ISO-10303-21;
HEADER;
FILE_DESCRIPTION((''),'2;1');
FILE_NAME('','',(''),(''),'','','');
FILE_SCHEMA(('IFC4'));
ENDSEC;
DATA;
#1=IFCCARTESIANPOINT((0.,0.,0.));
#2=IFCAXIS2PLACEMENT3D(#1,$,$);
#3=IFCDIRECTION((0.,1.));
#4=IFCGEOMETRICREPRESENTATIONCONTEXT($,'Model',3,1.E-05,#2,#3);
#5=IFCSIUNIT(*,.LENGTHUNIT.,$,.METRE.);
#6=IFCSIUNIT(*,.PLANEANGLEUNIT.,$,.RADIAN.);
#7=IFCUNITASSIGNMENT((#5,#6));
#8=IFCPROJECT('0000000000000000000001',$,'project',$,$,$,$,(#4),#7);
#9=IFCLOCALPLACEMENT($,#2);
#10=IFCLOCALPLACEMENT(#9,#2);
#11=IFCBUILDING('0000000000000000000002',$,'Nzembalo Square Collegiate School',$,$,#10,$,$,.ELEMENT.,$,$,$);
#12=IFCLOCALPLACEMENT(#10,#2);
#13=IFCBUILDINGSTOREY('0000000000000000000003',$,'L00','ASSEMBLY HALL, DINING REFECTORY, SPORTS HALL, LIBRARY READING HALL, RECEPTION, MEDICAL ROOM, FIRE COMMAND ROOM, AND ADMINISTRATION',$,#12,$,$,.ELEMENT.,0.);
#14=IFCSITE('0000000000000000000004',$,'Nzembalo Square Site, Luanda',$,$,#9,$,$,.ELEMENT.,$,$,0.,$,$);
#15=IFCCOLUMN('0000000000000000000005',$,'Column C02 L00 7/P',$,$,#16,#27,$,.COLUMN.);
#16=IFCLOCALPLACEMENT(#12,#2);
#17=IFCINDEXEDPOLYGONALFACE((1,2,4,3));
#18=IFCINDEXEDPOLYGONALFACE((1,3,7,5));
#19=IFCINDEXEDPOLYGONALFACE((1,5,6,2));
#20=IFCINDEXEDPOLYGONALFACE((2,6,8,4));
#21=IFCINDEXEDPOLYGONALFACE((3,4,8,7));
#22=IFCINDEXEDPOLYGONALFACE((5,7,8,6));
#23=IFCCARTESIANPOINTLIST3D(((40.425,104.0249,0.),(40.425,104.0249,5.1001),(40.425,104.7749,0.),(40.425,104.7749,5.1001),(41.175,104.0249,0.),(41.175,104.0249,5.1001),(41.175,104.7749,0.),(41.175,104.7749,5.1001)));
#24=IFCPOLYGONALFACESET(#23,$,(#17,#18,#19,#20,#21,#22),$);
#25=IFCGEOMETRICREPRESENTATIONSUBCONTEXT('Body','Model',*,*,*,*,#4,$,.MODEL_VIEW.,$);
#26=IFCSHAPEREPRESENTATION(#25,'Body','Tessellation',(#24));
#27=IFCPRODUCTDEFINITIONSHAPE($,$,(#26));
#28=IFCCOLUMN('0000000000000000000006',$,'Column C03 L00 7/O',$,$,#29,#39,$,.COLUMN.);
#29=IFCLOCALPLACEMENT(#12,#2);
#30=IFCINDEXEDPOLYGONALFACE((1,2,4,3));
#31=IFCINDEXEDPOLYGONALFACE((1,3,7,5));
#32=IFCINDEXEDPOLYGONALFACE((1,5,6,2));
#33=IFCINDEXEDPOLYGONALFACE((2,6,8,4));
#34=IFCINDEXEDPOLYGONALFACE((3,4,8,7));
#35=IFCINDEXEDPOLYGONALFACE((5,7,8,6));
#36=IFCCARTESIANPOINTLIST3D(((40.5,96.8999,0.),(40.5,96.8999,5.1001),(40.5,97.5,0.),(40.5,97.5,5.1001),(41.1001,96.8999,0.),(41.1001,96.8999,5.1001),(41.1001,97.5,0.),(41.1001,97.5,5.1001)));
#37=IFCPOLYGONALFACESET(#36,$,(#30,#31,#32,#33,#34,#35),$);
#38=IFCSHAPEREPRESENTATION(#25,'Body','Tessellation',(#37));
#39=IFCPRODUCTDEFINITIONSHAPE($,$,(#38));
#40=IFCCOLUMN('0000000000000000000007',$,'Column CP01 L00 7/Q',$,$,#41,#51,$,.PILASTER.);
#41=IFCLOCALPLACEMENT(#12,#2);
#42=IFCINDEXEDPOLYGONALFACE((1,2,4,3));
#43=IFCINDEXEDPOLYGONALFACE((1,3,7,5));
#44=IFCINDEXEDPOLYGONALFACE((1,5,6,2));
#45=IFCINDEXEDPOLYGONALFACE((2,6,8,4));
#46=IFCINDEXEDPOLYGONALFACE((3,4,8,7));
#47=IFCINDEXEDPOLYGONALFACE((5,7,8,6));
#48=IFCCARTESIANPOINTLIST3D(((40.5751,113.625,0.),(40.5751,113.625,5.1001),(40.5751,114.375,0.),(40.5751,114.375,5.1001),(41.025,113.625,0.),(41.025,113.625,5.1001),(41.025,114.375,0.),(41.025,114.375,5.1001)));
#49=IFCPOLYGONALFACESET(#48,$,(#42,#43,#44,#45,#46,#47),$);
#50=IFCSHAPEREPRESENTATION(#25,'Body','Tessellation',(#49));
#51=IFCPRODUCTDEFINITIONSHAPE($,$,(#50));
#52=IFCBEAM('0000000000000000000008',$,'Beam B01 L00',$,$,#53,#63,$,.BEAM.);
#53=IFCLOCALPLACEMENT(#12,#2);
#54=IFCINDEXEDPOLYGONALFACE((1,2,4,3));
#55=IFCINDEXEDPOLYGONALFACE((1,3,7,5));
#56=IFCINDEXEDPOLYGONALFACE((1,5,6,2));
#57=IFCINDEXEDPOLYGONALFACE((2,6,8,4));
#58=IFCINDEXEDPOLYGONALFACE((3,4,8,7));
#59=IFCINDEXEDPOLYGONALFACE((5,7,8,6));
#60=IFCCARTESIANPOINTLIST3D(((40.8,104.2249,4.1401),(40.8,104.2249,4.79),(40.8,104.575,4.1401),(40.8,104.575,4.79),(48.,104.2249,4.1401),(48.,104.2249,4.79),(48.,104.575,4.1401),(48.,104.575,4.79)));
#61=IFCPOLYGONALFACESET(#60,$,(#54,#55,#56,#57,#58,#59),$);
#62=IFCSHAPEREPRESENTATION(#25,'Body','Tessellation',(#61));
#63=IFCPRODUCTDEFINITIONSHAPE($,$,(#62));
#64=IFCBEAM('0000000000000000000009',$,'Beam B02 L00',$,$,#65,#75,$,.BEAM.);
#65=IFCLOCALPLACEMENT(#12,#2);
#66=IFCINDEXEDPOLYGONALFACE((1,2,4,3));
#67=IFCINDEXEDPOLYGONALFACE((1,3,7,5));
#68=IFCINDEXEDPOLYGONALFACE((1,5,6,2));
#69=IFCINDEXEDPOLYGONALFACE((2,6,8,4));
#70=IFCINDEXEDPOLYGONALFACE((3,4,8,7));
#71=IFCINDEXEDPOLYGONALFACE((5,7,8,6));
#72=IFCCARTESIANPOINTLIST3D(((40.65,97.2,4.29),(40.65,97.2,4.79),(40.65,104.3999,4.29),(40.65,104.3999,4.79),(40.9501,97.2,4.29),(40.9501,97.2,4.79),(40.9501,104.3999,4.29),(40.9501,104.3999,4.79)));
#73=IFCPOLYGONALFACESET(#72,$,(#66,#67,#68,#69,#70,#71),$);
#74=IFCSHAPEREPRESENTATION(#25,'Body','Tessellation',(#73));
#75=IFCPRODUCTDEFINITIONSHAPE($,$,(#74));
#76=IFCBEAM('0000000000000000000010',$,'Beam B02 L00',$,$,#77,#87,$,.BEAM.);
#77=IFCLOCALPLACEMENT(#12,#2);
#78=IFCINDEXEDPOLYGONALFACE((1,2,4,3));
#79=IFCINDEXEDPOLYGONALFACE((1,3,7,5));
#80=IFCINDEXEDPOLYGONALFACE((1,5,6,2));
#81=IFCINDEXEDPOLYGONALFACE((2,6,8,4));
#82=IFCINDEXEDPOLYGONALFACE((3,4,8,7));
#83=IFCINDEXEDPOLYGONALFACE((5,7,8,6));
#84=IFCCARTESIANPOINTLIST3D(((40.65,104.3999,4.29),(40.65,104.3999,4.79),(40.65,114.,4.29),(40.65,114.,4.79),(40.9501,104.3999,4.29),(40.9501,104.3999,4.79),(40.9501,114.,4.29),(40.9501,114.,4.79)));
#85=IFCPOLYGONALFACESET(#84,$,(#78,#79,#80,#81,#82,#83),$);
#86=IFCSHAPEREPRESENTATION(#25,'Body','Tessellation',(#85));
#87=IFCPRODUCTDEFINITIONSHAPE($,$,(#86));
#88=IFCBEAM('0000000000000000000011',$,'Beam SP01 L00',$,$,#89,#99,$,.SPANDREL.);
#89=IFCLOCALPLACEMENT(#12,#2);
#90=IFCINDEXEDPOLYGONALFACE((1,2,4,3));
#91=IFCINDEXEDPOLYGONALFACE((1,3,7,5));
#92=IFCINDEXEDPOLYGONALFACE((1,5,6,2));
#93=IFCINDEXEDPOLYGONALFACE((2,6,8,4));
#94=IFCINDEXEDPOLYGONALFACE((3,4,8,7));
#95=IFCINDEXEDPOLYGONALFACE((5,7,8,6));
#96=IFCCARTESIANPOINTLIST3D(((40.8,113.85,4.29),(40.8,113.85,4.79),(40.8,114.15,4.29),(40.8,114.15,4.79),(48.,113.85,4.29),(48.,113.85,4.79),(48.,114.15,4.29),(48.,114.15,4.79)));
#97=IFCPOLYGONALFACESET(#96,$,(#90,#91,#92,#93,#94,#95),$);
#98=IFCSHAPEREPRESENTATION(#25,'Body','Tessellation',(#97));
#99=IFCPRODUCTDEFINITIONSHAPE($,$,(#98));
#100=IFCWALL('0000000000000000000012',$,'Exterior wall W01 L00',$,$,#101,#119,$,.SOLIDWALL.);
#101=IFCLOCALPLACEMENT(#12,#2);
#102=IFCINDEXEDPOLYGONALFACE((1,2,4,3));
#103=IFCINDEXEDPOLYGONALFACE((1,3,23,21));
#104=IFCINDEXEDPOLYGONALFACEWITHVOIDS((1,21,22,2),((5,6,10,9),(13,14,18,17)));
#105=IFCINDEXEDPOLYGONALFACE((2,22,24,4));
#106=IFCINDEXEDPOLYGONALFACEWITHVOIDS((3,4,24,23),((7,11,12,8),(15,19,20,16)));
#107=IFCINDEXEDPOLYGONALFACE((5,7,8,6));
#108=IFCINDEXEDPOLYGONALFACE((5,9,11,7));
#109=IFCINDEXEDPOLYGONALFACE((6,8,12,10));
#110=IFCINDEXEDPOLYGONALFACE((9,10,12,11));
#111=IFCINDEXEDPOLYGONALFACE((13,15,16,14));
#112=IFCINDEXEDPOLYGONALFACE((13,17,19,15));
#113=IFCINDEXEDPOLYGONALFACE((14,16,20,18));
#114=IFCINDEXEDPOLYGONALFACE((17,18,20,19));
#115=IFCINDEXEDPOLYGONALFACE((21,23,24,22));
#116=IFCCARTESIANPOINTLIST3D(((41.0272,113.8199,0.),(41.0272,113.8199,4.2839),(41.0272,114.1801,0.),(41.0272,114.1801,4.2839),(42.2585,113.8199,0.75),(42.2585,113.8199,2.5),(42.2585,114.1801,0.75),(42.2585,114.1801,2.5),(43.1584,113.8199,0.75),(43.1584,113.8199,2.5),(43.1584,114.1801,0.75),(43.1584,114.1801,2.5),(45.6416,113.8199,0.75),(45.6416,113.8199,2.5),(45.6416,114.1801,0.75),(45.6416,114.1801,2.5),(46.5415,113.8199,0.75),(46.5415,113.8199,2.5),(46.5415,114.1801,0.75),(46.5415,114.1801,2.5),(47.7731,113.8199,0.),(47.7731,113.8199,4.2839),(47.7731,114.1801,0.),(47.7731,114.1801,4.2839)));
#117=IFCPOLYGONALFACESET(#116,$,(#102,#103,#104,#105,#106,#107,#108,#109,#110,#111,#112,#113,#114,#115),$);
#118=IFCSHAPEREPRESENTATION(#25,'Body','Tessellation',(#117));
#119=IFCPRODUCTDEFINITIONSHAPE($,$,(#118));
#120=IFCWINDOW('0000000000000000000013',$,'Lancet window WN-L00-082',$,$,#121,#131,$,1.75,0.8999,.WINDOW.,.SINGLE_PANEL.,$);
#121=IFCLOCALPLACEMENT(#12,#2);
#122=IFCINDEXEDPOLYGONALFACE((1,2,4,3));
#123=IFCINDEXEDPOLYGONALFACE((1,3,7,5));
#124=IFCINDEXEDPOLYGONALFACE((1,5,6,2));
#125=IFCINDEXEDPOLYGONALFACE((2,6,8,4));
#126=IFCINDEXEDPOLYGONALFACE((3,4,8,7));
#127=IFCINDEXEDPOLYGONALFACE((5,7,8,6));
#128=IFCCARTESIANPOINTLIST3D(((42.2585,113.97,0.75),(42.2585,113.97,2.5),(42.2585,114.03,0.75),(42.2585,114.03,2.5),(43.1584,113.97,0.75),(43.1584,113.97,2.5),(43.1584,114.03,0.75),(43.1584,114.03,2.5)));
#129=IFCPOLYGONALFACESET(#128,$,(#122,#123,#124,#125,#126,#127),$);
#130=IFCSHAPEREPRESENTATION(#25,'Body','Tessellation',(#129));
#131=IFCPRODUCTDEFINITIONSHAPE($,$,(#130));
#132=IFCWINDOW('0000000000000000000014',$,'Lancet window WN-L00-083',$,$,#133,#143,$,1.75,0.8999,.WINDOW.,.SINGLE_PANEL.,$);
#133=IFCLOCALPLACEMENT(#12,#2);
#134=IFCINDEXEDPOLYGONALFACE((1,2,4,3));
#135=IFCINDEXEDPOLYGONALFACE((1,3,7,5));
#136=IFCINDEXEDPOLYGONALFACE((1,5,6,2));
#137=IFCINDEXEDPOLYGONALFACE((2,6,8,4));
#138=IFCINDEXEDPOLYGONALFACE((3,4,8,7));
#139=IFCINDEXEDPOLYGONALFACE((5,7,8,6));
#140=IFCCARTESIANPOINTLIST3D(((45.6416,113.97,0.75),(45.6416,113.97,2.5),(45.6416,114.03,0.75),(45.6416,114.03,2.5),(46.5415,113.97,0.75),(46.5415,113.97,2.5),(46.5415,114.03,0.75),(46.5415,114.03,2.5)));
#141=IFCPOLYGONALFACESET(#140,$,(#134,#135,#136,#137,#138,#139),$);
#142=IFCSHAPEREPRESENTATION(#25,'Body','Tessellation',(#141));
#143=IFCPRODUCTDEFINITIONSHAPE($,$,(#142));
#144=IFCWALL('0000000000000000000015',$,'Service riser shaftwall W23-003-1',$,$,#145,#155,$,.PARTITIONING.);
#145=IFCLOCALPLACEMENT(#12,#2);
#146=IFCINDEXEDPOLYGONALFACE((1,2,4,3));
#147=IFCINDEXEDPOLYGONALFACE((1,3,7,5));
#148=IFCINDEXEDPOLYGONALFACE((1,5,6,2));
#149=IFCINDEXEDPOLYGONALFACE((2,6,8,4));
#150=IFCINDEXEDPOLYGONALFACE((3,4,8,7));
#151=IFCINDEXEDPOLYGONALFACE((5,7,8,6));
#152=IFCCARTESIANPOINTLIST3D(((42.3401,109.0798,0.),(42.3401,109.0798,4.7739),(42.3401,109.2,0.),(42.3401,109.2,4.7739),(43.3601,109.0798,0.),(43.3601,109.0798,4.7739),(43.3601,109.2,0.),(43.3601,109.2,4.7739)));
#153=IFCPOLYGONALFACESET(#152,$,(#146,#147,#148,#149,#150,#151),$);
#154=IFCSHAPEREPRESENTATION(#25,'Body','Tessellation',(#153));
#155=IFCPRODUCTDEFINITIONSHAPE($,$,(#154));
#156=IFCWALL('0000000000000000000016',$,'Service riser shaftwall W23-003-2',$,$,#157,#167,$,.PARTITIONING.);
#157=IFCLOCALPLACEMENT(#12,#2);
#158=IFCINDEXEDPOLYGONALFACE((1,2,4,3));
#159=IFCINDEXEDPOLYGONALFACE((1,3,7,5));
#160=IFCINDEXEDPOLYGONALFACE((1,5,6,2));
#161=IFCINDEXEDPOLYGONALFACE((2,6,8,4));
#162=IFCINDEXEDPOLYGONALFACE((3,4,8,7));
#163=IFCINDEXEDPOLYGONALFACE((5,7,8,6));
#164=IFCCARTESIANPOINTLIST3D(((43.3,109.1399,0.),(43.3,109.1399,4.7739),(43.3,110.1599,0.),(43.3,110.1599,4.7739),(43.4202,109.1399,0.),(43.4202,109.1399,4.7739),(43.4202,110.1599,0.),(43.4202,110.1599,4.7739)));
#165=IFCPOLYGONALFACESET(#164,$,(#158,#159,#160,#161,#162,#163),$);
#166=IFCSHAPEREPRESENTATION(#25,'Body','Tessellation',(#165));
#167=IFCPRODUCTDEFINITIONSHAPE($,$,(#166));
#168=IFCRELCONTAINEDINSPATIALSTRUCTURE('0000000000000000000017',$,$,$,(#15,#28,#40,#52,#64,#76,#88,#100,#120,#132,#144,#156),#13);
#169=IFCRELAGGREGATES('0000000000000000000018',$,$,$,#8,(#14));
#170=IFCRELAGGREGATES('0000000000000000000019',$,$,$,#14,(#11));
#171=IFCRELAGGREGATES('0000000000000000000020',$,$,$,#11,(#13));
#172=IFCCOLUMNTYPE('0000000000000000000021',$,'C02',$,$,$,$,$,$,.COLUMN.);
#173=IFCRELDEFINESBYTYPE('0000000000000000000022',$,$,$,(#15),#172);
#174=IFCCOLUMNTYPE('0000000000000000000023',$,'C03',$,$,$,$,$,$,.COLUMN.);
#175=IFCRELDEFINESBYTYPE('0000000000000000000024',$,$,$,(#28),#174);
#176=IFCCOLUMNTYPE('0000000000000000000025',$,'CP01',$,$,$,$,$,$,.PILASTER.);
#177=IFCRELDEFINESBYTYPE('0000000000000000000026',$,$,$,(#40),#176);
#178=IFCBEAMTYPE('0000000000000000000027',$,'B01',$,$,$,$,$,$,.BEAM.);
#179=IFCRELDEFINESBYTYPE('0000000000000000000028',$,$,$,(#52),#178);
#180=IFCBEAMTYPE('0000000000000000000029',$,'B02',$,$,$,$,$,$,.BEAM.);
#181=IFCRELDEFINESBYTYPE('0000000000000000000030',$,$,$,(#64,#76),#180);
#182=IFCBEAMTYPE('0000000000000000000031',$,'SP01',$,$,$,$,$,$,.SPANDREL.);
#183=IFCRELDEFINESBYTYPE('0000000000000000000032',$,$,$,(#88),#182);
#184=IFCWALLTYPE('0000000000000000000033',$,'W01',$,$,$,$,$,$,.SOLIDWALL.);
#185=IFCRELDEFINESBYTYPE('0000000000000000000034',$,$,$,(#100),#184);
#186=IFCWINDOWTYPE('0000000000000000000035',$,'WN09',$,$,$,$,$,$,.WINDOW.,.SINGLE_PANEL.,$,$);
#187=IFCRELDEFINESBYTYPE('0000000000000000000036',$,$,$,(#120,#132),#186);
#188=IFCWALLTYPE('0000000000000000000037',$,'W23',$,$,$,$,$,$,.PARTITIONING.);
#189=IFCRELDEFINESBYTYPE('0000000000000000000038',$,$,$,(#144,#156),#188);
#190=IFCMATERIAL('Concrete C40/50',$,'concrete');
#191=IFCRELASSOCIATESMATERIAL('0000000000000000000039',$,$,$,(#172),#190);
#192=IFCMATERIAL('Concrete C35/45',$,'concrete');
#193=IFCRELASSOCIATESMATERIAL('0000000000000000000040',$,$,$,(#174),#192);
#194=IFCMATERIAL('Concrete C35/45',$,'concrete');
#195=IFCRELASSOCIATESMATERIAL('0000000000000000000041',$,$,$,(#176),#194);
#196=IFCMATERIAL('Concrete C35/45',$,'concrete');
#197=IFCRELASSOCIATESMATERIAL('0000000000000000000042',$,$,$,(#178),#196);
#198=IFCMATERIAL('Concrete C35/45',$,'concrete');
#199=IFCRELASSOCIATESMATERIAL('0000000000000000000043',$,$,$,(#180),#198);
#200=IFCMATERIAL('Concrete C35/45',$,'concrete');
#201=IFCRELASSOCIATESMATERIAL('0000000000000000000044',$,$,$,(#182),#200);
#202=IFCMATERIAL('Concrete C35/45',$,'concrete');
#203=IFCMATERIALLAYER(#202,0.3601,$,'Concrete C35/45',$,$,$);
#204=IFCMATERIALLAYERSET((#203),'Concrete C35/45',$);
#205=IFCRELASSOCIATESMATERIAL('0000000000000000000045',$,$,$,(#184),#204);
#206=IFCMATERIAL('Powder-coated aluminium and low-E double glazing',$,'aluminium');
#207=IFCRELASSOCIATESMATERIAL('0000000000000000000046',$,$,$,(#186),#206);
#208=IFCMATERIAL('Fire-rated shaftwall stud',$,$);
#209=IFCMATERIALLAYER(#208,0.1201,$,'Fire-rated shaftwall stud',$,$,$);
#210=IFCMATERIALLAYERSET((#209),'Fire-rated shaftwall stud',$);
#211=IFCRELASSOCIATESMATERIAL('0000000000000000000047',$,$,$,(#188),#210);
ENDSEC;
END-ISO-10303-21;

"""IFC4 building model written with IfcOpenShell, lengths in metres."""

from ifc_helpers import new_model, si_unit, direction, frame, frame_2d, origin, origin_2d, place, context, subcontext, project, spatial, rectangle, extrude, material, layer, layer_set, material_profile, profile_set, type_object, element, fill, save


model = new_model("IFC4")

# Units and contexts
model_context = context("Model", 3, precision=1e-05, world=origin(), true_north=direction((0.0, 1.0)))
body_context = subcontext(model_context, "Body", "Model", "MODEL_VIEW")
ifc_project = project(units=[si_unit("LENGTHUNIT", "METRE"), si_unit("PLANEANGLEUNIT", "RADIAN")], contexts=[model_context])

# Site, building, storey
site_placement = place(None, origin())
site = spatial("IfcSite", under=ifc_project, at=site_placement, Name="Nzembalo Square Site, Luanda", CompositionType="ELEMENT", RefElevation=0.0)
building_placement = place(site_placement, origin())
building = spatial("IfcBuilding", under=site, at=building_placement, Name="Nzembalo Square Collegiate School", CompositionType="ELEMENT")
storey_placement = place(building_placement, origin())
storey = spatial("IfcBuildingStorey", under=building, at=storey_placement, Name="L00", Description="ASSEMBLY HALL, DINING REFECTORY, SPORTS HALL, LIBRARY READING HALL, RECEPTION, MEDICAL ROOM, FIRE COMMAND ROOM, AND ADMINISTRATION", CompositionType="ELEMENT", Elevation=0.0)

# Columns
ifc_material_1 = material(Name="Concrete C40/50", Category="concrete")
ifc_material_profile_1 = material_profile(ifc_material_1, rectangle(XDim=0.75, YDim=0.75, at=origin_2d()), Name="RC 750x750")
ifc_profile_set_1 = profile_set([ifc_material_profile_1], Name="Concrete C40/50")
column_type_1 = type_object("IfcColumnType", Name="C02", PredefinedType="COLUMN", material=ifc_profile_set_1)
column_1_placement = place(storey_placement, frame((40.8, 104.3999, 0.0), z_axis=(0.0, 0.0, 1.0), x_axis=(1.0, 0.0, 0.0)))
element("IfcColumn", 1, at=column_1_placement, inside=storey, type_object=column_type_1, Name="Column C02 L00 7/P", PredefinedType="COLUMN", context=body_context, shape_type="SweptSolid", body=[
    extrude(rectangle(XDim=0.75, YDim=0.75, at=origin_2d()), origin(), (0.0, 0.0, 1.0), 5.1001),
])
ifc_material_2 = material(Name="Concrete C35/45", Category="concrete")
ifc_material_profile_2 = material_profile(ifc_material_2, rectangle(XDim=0.6001, YDim=0.6001, at=origin_2d()), Name="RC 600x600")
ifc_profile_set_2 = profile_set([ifc_material_profile_2], Name="Concrete C35/45")
column_type_2 = type_object("IfcColumnType", Name="C03", PredefinedType="COLUMN", material=ifc_profile_set_2)
column_2_placement = place(storey_placement, frame((40.8, 97.2, 0.0), z_axis=(0.0, 0.0, 1.0), x_axis=(1.0, 0.0, 0.0)))
element("IfcColumn", 2, at=column_2_placement, inside=storey, type_object=column_type_2, Name="Column C03 L00 7/O", PredefinedType="COLUMN", context=body_context, shape_type="SweptSolid", body=[
    extrude(rectangle(XDim=0.6001, YDim=0.6001, at=origin_2d()), origin(), (0.0, 0.0, 1.0), 5.1001),
])
ifc_material_3 = material(Name="Concrete C35/45", Category="concrete")
ifc_material_profile_3 = material_profile(ifc_material_3, rectangle(XDim=0.45, YDim=0.75, at=origin_2d()), Name="RC 450x750")
ifc_profile_set_3 = profile_set([ifc_material_profile_3], Name="Concrete C35/45")
column_type_3 = type_object("IfcColumnType", Name="CP01", PredefinedType="PILASTER", material=ifc_profile_set_3)
column_3_placement = place(storey_placement, frame((40.8, 114.0, 0.0), z_axis=(0.0, 0.0, 1.0), x_axis=(1.0, 0.0, 0.0)))
element("IfcColumn", 3, at=column_3_placement, inside=storey, type_object=column_type_3, Name="Column CP01 L00 7/Q", PredefinedType="PILASTER", context=body_context, shape_type="SweptSolid", body=[
    extrude(rectangle(XDim=0.45, YDim=0.75, at=origin_2d()), origin(), (0.0, 0.0, 1.0), 5.1001),
])

# Beams
ifc_material_4 = material(Name="Concrete C35/45", Category="concrete")
ifc_material_profile_4 = material_profile(ifc_material_4, rectangle(XDim=0.3501, YDim=0.6499, at=origin_2d()), Name="RC 350x650")
ifc_profile_set_4 = profile_set([ifc_material_profile_4], Name="Concrete C35/45")
beam_type_1 = type_object("IfcBeamType", Name="B01", PredefinedType="BEAM", material=ifc_profile_set_4)
beam_1_placement = place(storey_placement, frame((40.8, 104.3999, 4.4651), z_axis=(1.0, 0.0, 0.0), x_axis=(0.0, 1.0, 0.0)))
element("IfcBeam", 4, at=beam_1_placement, inside=storey, type_object=beam_type_1, Name="Beam B01 L00", PredefinedType="BEAM", context=body_context, shape_type="SweptSolid", body=[
    extrude(rectangle(XDim=0.3501, YDim=0.6499, at=origin_2d()), origin(), (0.0, 0.0, 1.0), 7.2),
])
ifc_material_5 = material(Name="Concrete C35/45", Category="concrete")
ifc_material_profile_5 = material_profile(ifc_material_5, rectangle(XDim=0.3, YDim=0.5, at=origin_2d()), Name="RC 300x500")
ifc_profile_set_5 = profile_set([ifc_material_profile_5], Name="Concrete C35/45")
beam_type_2 = type_object("IfcBeamType", Name="B02", PredefinedType="BEAM", material=ifc_profile_set_5)
beam_2_placement = place(storey_placement, frame((40.8, 97.2, 4.54), z_axis=(0.0, 1.0, 0.0), x_axis=(-1.0, 0.0, 0.0)))
element("IfcBeam", 5, at=beam_2_placement, inside=storey, type_object=beam_type_2, Name="Beam B02 L00", PredefinedType="BEAM", context=body_context, shape_type="SweptSolid", body=[
    extrude(rectangle(XDim=0.3, YDim=0.5, at=origin_2d()), origin(), (0.0, 0.0, 1.0), 7.2),
])
beam_3_placement = place(storey_placement, frame((40.8, 104.3999, 4.54), z_axis=(0.0, 1.0, 0.0), x_axis=(-1.0, 0.0, 0.0)))
element("IfcBeam", 6, at=beam_3_placement, inside=storey, type_object=beam_type_2, Name="Beam B02 L00", PredefinedType="BEAM", context=body_context, shape_type="SweptSolid", body=[
    extrude(rectangle(XDim=0.3, YDim=0.5, at=origin_2d()), origin(), (0.0, 0.0, 1.0), 9.6001),
])
ifc_material_6 = material(Name="Concrete C35/45", Category="concrete")
ifc_material_profile_6 = material_profile(ifc_material_6, rectangle(XDim=0.3, YDim=0.5, at=origin_2d()), Name="RC 300x500")
ifc_profile_set_6 = profile_set([ifc_material_profile_6], Name="Concrete C35/45")
beam_type_3 = type_object("IfcBeamType", Name="SP01", PredefinedType="SPANDREL", material=ifc_profile_set_6)
beam_4_placement = place(storey_placement, frame((40.8, 114.0, 4.54), z_axis=(1.0, 0.0, 0.0), x_axis=(0.0, 1.0, 0.0)))
element("IfcBeam", 7, at=beam_4_placement, inside=storey, type_object=beam_type_3, Name="Beam SP01 L00", PredefinedType="SPANDREL", context=body_context, shape_type="SweptSolid", body=[
    extrude(rectangle(XDim=0.3, YDim=0.5, at=origin_2d()), origin(), (0.0, 0.0, 1.0), 7.2),
])

# Wall, openings, windows
ifc_material_7 = material(Name="Concrete C35/45", Category="concrete")
ifc_layer_1 = layer(ifc_material_7, 0.3601, Name="Concrete C35/45")
ifc_layer_set_1 = layer_set([ifc_layer_1], Name="Concrete C35/45")
wall_type_1 = type_object("IfcWallType", Name="W01", PredefinedType="SOLIDWALL", material=ifc_layer_set_1)
wall_placement = place(storey_placement, frame((41.0271, 114.0, 0.0), z_axis=(0.0, 0.0, 1.0), x_axis=(1.0, 0.0, 0.0)))
wall = element("IfcWall", 8, at=wall_placement, inside=storey, type_object=wall_type_1, Name="Exterior wall W01 L00", PredefinedType="SOLIDWALL", context=body_context, shape_type="SweptSolid", body=[
    extrude(rectangle(XDim=6.7458, YDim=0.3601, at=frame_2d((3.373, 0.0))), origin(), (0.0, 0.0, 1.0), 4.2839),
])
opening_1_placement = place(wall_placement, frame((1.2314, 0.0, 0.75)))
opening_1 = element("IfcOpeningElement", 9, at=opening_1_placement, cuts=wall, PredefinedType="OPENING", context=body_context, shape_type="SweptSolid", body=[
    extrude(rectangle(XDim=0.8999, YDim=1.75, at=frame_2d((0.45, 0.875))), frame((0.0, 0.1899, 0.0), z_axis=(0.0, -1.0, 0.0), x_axis=(1.0, 0.0, 0.0)), (0.0, 0.0, 1.0), 0.3801),
])
opening_2_placement = place(wall_placement, frame((4.6145, 0.0, 0.75)))
opening_2 = element("IfcOpeningElement", 10, at=opening_2_placement, cuts=wall, PredefinedType="OPENING", context=body_context, shape_type="SweptSolid", body=[
    extrude(rectangle(XDim=0.8999, YDim=1.75, at=frame_2d((0.45, 0.875))), frame((0.0, 0.1899, 0.0), z_axis=(0.0, -1.0, 0.0), x_axis=(1.0, 0.0, 0.0)), (0.0, 0.0, 1.0), 0.3801),
])
ifc_material_8 = material(Name="Powder-coated aluminium and low-E double glazing", Category="aluminium")
window_type = type_object("IfcWindowType", Name="WN09", PartitioningType="SINGLE_PANEL", PredefinedType="WINDOW", material=ifc_material_8)
window_1_placement = place(opening_1_placement, origin())
window_1 = element("IfcWindow", 11, at=window_1_placement, inside=storey, type_object=window_type, Name="Lancet window WN-L00-082", OverallHeight=1.75, OverallWidth=0.8999, PartitioningType="SINGLE_PANEL", PredefinedType="WINDOW", context=body_context, shape_type="SweptSolid", body=[
    extrude(rectangle(XDim=0.8999, YDim=1.75, at=frame_2d((0.45, 0.875))), frame((0.0, 0.03, 0.0), z_axis=(0.0, -1.0, 0.0), x_axis=(1.0, 0.0, 0.0)), (0.0, 0.0, 1.0), 0.0601),
])
fill(opening_1, window_1)
window_2_placement = place(opening_2_placement, origin())
window_2 = element("IfcWindow", 12, at=window_2_placement, inside=storey, type_object=window_type, Name="Lancet window WN-L00-083", OverallHeight=1.75, OverallWidth=0.8999, PartitioningType="SINGLE_PANEL", PredefinedType="WINDOW", context=body_context, shape_type="SweptSolid", body=[
    extrude(rectangle(XDim=0.8999, YDim=1.75, at=frame_2d((0.45, 0.875))), frame((0.0, 0.03, 0.0), z_axis=(0.0, -1.0, 0.0), x_axis=(1.0, 0.0, 0.0)), (0.0, 0.0, 1.0), 0.0601),
])
fill(opening_2, window_2)

# Walls
ifc_material_9 = material(Name="Fire-rated shaftwall stud")
ifc_layer_2 = layer(ifc_material_9, 0.1201, Name="Fire-rated shaftwall stud")
ifc_layer_set_2 = layer_set([ifc_layer_2], Name="Fire-rated shaftwall stud")
wall_type_2 = type_object("IfcWallType", Name="W23", PredefinedType="PARTITIONING", material=ifc_layer_set_2)
for number, where, z_axis, x_axis, name in (
    (13, (42.3401, 109.1399, 0.0), (0.0, 0.0, 1.0), (1.0, 0.0, 0.0), "Service riser shaftwall W23-003-1"),
    (14, (43.3601, 109.1399, 0.0), (0.0, 0.0, 1.0), (0.0, 1.0, 0.0), "Service riser shaftwall W23-003-2"),
):
    element("IfcWall", number, at=place(storey_placement, frame(where, z_axis=z_axis, x_axis=x_axis)), inside=storey, type_object=wall_type_2, Name=name, PredefinedType="PARTITIONING", context=body_context, shape_type="SweptSolid", body=[
        extrude(rectangle(XDim=1.02, YDim=0.1201, at=frame_2d((0.51, 0.0))), origin(), (0.0, 0.0, 1.0), 4.7739),
    ])

save(model, "model.ifc")
